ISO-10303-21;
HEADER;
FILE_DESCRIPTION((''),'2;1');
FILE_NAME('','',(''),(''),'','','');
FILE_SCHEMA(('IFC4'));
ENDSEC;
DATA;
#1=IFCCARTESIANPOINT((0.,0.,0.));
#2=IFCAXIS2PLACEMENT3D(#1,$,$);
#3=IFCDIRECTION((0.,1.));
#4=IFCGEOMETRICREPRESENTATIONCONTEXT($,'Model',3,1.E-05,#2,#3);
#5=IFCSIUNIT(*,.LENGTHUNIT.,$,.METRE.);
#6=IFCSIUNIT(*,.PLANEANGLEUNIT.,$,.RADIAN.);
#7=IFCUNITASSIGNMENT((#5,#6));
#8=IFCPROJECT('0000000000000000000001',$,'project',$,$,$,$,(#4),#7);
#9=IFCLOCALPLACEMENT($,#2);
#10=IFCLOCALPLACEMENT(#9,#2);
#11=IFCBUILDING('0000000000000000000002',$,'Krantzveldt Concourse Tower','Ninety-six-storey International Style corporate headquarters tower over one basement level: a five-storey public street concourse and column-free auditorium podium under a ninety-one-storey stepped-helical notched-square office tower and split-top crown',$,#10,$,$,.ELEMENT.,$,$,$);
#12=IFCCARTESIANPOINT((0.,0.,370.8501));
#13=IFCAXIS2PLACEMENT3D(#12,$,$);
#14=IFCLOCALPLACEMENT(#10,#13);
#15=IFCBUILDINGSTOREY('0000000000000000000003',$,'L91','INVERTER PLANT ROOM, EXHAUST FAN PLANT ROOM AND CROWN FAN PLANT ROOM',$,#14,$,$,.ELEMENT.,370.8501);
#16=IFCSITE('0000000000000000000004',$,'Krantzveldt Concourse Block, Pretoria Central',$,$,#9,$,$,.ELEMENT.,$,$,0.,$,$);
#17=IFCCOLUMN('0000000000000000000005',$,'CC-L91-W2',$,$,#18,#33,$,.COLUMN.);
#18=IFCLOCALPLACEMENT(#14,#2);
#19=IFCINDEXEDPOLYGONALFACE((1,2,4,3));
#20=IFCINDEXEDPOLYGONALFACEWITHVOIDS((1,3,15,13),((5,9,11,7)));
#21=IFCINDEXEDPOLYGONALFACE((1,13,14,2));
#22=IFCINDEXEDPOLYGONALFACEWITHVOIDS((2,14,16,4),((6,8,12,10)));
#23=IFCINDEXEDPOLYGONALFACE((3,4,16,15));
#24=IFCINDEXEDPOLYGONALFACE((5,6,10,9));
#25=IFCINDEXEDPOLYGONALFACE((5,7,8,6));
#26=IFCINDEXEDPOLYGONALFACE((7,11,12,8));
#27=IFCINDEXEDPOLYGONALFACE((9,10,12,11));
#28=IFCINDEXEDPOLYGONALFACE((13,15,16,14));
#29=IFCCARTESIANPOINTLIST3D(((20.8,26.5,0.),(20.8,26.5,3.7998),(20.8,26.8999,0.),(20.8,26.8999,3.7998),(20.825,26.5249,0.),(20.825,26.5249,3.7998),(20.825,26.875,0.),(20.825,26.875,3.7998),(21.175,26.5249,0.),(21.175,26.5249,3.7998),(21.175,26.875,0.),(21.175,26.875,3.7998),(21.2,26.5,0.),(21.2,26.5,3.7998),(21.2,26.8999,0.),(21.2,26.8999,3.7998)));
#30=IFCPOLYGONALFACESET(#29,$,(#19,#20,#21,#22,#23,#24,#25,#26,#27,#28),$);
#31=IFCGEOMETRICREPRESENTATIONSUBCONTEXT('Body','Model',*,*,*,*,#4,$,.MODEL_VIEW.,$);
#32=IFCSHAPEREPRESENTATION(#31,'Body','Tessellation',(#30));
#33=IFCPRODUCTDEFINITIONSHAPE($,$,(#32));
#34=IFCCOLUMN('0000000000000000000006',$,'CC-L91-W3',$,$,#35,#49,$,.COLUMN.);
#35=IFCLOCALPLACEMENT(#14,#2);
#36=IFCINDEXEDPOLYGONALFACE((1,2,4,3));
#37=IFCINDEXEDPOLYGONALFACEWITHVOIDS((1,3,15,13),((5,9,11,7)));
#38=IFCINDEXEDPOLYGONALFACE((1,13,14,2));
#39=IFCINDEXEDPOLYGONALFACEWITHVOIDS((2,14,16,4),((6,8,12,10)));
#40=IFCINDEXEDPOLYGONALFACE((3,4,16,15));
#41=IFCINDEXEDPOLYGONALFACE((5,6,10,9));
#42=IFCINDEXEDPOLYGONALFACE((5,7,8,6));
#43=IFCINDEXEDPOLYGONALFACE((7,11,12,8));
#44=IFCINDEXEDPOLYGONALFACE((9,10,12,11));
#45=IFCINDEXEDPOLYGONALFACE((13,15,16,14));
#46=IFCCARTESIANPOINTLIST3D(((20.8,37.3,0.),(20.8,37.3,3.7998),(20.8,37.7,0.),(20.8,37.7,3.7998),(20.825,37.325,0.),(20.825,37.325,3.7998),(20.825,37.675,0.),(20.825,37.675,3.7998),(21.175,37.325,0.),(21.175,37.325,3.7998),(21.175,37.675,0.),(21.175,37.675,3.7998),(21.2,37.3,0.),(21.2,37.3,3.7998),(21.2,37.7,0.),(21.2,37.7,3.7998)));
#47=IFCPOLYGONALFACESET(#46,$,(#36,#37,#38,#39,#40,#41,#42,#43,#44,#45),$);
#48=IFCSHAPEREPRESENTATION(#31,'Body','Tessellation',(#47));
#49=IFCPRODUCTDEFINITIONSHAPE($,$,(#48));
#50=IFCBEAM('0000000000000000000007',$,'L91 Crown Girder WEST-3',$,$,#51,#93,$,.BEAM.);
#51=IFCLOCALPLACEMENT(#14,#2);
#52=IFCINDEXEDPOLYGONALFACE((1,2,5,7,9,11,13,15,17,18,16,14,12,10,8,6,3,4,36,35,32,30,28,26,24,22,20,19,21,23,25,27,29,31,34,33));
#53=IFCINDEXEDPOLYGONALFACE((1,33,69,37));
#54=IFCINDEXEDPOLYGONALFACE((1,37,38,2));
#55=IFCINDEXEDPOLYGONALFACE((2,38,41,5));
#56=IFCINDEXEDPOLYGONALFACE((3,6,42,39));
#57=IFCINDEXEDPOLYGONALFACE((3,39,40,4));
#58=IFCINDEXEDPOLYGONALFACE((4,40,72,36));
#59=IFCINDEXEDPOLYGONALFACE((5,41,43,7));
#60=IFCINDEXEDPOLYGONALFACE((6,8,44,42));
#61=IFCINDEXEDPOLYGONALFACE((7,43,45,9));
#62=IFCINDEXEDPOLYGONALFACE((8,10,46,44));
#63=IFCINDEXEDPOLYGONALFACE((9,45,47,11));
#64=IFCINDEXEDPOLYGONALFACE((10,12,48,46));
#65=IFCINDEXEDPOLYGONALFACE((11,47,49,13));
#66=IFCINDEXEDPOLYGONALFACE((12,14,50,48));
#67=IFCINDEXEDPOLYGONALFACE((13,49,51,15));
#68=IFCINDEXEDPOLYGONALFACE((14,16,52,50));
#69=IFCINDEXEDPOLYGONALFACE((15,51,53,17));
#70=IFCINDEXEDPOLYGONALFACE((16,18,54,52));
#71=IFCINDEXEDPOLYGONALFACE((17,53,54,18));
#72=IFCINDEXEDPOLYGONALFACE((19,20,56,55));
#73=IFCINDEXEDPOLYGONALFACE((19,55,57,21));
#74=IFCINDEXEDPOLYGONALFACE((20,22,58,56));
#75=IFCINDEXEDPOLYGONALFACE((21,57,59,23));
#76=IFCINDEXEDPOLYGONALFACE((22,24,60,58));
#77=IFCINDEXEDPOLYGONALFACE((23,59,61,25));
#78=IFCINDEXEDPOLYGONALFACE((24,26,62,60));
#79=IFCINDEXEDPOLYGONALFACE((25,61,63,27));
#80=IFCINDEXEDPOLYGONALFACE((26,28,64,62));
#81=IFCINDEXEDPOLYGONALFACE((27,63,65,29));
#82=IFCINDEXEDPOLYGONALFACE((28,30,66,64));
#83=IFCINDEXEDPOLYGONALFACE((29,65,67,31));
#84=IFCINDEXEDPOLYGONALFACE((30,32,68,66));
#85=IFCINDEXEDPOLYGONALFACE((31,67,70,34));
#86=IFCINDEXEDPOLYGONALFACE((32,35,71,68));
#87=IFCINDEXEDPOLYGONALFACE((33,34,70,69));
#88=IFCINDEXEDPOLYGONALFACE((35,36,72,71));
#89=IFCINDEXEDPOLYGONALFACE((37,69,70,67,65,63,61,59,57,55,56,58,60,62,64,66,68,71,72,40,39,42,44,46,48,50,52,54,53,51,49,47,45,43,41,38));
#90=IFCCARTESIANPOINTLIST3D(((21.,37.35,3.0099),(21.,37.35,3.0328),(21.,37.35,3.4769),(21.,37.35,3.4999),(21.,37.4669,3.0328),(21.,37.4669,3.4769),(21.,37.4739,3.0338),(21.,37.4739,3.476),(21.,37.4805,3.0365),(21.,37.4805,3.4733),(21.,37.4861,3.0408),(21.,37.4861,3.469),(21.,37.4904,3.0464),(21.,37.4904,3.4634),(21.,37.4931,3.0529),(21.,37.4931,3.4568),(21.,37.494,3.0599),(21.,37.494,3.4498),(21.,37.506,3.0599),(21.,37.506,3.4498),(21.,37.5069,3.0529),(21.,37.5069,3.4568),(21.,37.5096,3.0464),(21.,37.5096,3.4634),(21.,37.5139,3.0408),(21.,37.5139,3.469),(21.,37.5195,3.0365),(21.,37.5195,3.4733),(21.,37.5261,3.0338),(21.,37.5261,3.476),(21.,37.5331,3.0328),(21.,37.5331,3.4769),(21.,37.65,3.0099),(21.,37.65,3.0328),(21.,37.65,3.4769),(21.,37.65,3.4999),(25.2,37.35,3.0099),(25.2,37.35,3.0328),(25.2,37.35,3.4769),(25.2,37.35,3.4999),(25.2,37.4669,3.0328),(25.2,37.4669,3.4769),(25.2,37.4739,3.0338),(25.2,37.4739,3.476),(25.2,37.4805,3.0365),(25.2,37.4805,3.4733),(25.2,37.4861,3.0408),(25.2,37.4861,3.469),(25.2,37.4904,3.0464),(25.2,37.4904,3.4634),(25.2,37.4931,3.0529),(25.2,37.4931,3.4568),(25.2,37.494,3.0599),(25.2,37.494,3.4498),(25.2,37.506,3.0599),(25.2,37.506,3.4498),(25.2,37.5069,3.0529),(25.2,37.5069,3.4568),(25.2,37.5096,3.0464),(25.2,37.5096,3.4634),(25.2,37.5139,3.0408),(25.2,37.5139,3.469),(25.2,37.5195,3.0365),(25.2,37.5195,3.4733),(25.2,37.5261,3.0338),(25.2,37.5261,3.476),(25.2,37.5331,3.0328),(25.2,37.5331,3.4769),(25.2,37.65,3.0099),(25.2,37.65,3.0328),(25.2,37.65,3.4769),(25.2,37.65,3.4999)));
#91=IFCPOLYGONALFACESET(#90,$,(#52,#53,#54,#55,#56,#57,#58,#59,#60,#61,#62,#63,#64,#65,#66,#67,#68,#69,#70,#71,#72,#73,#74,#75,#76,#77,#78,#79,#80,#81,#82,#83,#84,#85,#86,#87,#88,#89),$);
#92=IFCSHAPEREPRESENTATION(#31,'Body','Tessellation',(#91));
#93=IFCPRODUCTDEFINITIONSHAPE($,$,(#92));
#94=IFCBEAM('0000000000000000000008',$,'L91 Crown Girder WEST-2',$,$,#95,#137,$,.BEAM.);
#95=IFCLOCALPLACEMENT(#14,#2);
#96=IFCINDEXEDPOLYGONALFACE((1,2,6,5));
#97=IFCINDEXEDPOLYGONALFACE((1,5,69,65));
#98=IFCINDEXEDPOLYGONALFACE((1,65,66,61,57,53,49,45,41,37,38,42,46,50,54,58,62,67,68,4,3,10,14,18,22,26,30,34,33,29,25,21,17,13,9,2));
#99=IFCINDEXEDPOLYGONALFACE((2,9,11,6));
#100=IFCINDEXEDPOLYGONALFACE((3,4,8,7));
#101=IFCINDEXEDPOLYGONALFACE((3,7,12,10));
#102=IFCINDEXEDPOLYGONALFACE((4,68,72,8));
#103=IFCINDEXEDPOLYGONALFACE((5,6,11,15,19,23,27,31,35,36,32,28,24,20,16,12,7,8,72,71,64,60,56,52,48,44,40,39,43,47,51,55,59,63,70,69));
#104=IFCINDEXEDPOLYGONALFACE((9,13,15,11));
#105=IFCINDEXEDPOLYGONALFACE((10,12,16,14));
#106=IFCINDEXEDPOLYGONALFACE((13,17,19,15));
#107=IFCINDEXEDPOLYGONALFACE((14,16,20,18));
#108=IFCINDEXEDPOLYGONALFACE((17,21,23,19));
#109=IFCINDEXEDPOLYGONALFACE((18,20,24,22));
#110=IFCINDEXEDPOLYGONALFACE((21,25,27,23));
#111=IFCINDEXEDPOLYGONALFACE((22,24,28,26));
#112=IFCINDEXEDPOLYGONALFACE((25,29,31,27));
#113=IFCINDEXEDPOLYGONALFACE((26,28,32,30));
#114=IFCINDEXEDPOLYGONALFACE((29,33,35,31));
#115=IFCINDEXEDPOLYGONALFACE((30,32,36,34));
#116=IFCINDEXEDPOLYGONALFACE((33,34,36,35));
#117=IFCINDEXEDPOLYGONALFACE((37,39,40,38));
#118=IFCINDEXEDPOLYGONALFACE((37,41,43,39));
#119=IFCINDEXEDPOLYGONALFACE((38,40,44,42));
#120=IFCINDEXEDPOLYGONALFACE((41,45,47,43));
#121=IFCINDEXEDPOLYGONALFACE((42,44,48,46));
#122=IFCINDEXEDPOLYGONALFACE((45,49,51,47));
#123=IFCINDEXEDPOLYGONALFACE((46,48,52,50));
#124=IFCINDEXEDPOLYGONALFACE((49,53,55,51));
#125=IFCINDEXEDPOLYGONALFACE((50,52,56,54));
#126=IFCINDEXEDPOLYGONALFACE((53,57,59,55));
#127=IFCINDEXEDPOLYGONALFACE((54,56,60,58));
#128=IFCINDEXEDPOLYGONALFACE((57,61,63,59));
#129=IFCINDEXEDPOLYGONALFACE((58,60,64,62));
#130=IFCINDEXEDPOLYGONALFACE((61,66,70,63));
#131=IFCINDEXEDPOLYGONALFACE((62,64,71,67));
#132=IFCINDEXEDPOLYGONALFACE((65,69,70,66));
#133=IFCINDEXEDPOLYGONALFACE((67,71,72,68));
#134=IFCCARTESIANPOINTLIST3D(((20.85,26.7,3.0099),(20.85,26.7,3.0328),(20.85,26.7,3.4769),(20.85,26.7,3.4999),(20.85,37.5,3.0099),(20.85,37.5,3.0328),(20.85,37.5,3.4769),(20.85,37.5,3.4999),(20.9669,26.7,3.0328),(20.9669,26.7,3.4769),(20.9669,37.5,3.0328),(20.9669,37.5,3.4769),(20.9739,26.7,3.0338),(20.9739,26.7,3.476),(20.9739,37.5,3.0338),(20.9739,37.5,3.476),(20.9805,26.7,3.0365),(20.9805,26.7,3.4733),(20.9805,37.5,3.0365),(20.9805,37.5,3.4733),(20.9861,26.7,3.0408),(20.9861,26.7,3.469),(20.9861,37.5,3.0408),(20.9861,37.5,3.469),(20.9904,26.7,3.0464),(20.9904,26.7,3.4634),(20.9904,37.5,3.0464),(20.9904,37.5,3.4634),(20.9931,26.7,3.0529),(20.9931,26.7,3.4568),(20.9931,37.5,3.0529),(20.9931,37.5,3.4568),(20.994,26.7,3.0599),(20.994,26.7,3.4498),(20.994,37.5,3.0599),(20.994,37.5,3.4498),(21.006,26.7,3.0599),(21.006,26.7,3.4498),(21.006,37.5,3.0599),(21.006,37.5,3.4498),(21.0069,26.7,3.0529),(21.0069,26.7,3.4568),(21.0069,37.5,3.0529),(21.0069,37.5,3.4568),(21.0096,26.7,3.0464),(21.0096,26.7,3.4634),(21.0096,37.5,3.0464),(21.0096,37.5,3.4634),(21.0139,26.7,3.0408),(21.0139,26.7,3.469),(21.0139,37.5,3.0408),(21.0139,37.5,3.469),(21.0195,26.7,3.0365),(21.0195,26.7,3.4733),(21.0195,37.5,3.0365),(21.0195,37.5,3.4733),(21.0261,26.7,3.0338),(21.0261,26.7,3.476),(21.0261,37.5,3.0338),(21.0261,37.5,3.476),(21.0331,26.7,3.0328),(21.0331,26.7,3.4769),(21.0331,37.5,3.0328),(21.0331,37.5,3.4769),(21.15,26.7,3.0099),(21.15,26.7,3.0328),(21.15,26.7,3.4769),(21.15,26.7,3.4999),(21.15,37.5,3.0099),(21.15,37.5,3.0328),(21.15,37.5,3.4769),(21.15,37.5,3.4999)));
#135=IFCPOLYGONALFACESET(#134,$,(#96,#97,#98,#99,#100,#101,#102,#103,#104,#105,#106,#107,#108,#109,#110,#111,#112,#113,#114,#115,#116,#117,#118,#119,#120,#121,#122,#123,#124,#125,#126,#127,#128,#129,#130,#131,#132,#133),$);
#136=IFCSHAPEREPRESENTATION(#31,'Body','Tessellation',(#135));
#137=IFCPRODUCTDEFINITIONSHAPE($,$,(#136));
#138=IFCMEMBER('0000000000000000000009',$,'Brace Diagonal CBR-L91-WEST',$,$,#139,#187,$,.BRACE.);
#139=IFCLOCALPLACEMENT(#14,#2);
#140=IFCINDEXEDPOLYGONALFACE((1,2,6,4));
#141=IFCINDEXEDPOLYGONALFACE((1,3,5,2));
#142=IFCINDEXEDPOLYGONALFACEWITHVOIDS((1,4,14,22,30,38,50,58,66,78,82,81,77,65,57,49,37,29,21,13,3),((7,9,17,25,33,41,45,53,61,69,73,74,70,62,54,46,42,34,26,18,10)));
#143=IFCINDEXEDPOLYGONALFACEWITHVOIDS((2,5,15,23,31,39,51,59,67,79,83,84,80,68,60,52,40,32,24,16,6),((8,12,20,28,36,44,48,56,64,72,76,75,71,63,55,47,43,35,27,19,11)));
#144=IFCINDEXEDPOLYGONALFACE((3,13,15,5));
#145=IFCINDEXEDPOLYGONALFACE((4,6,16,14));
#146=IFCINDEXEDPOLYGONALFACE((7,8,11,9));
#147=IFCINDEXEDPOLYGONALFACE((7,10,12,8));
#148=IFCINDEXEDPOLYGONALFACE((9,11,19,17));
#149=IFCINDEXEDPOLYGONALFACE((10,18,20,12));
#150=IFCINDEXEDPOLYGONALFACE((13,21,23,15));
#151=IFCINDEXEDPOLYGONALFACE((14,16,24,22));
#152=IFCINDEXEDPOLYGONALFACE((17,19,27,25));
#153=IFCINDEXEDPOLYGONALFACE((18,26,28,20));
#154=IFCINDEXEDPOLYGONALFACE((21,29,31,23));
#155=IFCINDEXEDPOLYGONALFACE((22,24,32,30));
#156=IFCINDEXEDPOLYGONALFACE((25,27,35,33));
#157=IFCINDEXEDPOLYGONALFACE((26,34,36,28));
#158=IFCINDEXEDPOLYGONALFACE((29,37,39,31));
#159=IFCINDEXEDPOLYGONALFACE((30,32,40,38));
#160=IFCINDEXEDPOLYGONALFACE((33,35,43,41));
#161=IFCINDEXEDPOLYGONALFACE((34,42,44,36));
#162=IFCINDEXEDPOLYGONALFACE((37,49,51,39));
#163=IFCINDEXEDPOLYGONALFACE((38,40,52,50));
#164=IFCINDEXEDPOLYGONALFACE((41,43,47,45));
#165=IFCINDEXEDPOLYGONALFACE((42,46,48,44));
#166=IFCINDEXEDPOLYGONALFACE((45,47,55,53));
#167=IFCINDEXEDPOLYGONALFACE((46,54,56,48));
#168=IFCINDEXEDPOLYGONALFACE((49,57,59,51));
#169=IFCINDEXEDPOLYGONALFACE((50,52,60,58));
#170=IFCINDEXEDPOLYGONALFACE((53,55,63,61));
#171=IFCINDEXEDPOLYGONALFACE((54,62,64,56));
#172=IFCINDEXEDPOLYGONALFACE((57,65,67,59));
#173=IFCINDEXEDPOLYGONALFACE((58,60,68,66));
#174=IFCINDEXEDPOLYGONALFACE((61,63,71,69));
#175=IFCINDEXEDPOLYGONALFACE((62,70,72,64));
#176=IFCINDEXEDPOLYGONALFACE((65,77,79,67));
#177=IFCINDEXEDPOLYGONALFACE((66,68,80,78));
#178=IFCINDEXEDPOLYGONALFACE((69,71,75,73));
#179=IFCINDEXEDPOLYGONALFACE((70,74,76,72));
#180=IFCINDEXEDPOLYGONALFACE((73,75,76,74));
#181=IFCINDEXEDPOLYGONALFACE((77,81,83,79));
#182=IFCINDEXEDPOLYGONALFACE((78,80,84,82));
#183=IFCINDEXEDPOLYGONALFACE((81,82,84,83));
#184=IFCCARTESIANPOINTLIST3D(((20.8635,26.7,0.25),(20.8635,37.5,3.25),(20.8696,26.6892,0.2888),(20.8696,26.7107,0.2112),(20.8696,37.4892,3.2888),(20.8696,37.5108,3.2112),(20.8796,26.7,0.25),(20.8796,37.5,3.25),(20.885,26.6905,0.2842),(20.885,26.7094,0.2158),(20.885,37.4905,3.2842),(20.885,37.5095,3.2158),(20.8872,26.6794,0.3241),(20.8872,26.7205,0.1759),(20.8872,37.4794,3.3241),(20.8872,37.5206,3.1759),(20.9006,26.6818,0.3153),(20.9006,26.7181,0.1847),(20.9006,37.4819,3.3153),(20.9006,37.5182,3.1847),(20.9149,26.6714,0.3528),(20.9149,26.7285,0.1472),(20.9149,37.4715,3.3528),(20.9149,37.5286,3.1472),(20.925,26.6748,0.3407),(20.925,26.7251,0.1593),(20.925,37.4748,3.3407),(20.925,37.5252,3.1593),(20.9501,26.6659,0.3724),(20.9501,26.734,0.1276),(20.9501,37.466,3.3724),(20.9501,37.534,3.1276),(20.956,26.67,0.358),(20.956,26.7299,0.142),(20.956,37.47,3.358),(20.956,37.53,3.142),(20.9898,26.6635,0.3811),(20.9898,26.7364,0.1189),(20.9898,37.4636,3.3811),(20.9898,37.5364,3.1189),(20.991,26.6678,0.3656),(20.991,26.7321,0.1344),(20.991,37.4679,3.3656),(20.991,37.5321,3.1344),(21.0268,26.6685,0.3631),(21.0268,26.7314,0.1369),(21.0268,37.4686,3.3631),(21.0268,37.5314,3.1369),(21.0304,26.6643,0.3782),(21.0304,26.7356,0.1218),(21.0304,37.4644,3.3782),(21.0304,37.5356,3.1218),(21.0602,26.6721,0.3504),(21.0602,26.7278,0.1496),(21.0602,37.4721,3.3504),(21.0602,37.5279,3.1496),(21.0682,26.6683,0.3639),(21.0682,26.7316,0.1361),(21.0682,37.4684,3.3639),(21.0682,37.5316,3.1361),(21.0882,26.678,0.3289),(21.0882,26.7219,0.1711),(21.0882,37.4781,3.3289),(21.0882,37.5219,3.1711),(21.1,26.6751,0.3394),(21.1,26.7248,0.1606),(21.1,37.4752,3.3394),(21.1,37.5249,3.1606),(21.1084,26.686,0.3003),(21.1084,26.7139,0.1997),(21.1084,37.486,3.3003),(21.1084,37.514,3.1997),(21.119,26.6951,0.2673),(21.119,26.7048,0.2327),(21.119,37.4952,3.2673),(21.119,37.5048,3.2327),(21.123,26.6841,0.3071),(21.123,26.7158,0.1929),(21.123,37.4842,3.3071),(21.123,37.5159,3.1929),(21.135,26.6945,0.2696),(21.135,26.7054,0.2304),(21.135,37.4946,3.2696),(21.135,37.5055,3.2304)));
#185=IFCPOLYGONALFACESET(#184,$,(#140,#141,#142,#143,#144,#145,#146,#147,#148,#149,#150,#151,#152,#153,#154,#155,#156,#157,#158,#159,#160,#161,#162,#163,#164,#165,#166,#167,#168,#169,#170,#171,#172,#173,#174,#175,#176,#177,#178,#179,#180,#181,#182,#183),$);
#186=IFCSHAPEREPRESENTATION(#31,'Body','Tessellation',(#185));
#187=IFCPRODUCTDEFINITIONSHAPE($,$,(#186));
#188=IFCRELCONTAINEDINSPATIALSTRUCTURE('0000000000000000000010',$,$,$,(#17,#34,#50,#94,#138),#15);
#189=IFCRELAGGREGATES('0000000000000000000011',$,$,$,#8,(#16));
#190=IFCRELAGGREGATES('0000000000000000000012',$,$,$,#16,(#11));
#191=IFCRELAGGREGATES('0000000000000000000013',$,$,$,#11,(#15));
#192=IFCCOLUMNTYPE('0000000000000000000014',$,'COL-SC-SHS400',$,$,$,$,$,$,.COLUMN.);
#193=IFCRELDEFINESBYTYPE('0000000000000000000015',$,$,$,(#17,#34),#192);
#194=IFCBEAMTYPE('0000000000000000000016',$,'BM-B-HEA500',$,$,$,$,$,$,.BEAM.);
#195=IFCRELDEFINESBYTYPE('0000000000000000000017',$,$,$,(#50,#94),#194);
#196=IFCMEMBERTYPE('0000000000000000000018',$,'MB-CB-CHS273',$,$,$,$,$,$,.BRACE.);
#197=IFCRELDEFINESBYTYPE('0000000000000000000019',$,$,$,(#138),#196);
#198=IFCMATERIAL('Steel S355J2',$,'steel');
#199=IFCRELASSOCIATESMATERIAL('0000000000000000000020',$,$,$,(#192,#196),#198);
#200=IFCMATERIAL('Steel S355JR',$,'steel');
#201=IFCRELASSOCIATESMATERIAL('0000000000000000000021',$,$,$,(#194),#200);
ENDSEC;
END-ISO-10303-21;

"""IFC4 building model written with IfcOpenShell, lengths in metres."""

from ifc_helpers import new_model, si_unit, direction, frame, origin, origin_2d, place, context, subcontext, project, spatial, hollow_rectangle, hollow_circle, i_section, extrude, source, transform, mapped, material, material_profile, profile_set, type_object, type_shapes, element, save


model = new_model("IFC4")

# Units and contexts
model_context = context("Model", 3, precision=1e-05, world=origin(), true_north=direction((0.0, 1.0)))
body_context = subcontext(model_context, "Body", "Model", "MODEL_VIEW")
ifc_project = project(units=[si_unit("LENGTHUNIT", "METRE"), si_unit("PLANEANGLEUNIT", "RADIAN")], contexts=[model_context])

# Site, building, storey
site_placement = place(None, origin())
site = spatial("IfcSite", under=ifc_project, at=site_placement, Name="Krantzveldt Concourse Block, Pretoria Central", CompositionType="ELEMENT", RefElevation=0.0)
building_placement = place(site_placement, origin())
building = spatial("IfcBuilding", under=site, at=building_placement, Name="Krantzveldt Concourse Tower", Description="Ninety-six-storey International Style corporate headquarters tower over one basement level: a five-storey public street concourse and column-free auditorium podium under a ninety-one-storey stepped-helical notched-square office tower and split-top crown", CompositionType="ELEMENT")
storey_placement = place(building_placement, frame((0.0, 0.0, 370.8501)))
storey = spatial("IfcBuildingStorey", under=building, at=storey_placement, Name="L91", Description="INVERTER PLANT ROOM, EXHAUST FAN PLANT ROOM AND CROWN FAN PLANT ROOM", CompositionType="ELEMENT", Elevation=370.8501)

# Columns
ifc_material_1 = material(Name="Steel S355J2", Category="steel")
ifc_material_profile_1 = material_profile(ifc_material_1, hollow_rectangle(XDim=0.3999, YDim=0.3999, WallThickness=0.0249, at=origin_2d()), Name="Steel S355J2", Category="steel")
ifc_profile_set_1 = profile_set([ifc_material_profile_1], Name="Steel S355J2 - SHS 400x400x25")
column_type = type_object("IfcColumnType", Name="COL-SC-SHS400", PredefinedType="COLUMN", material=ifc_profile_set_1)
shared_shape_1 = source(origin(), body_context, "Body", "SweptSolid", [
    extrude(hollow_rectangle(XDim=0.3999, YDim=0.3999, WallThickness=0.0249, at=origin_2d()), origin(), (0.0, 0.0, 1.0), 3.7998),
])
type_shapes(column_type, [shared_shape_1])
for number, where, z_axis, x_axis, name in (
    (1, (21.0, 26.7, 0.0), (0.0, 0.0, 1.0), (1.0, 0.0, 0.0), "CC-L91-W2"),
    (2, (21.0, 37.5, 0.0), (0.0, 0.0, 1.0), (1.0, 0.0, 0.0), "CC-L91-W3"),
):
    element("IfcColumn", number, at=place(storey_placement, frame(where, z_axis=z_axis, x_axis=x_axis)), inside=storey, type_object=column_type, Name=name, PredefinedType="COLUMN", context=body_context, shape_type="MappedRepresentation", body=[
        mapped(shared_shape_1, transform((0.0, 0.0, 0.0), x_axis=(1.0, 0.0, 0.0), y_axis=(0.0, 1.0, 0.0), z_axis=(0.0, 0.0, 1.0), scale=1.0)),
    ])

# Beams
ifc_material_2 = material(Name="Steel S355JR", Category="steel")
ifc_material_profile_2 = material_profile(ifc_material_2, i_section(OverallWidth=0.3, OverallDepth=0.49, WebThickness=0.012, FlangeThickness=0.0229, FilletRadius=0.0271, at=origin_2d()), Name="Steel S355JR", Category="steel")
ifc_profile_set_2 = profile_set([ifc_material_profile_2], Name="Steel S355JR - HEA 500")
beam_type = type_object("IfcBeamType", Name="BM-B-HEA500", PredefinedType="BEAM", material=ifc_profile_set_2)
shared_shape_2 = source(origin(), body_context, "Body", "SweptSolid", [
    extrude(i_section(OverallWidth=0.3, OverallDepth=0.49, WebThickness=0.012, FlangeThickness=0.0229, FilletRadius=0.0271, at=origin_2d()), origin(), (0.0, 0.0, 1.0), 4.2),
])
beam_1_placement = place(storey_placement, frame((21.0, 37.5, 3.2549), z_axis=(1.0, 0.0, 0.0), x_axis=(0.0, 1.0, 0.0)))
element("IfcBeam", 3, at=beam_1_placement, inside=storey, type_object=beam_type, Name="L91 Crown Girder WEST-3", PredefinedType="BEAM", context=body_context, shape_type="MappedRepresentation", body=[
    mapped(shared_shape_2, transform((0.0, 0.0, 0.0), x_axis=(1.0, 0.0, 0.0), y_axis=(0.0, 1.0, 0.0), z_axis=(0.0, 0.0, 1.0), scale=1.0)),
])
shared_shape_3 = source(origin(), body_context, "Body", "SweptSolid", [
    extrude(i_section(OverallWidth=0.3, OverallDepth=0.49, WebThickness=0.012, FlangeThickness=0.0229, FilletRadius=0.0271, at=origin_2d()), origin(), (0.0, 0.0, 1.0), 10.8),
])
type_shapes(beam_type, [shared_shape_2, shared_shape_3])
beam_2_placement = place(storey_placement, frame((21.0, 26.7, 3.2549), z_axis=(0.0, 1.0, 0.0), x_axis=(-1.0, 0.0, 0.0)))
element("IfcBeam", 4, at=beam_2_placement, inside=storey, type_object=beam_type, Name="L91 Crown Girder WEST-2", PredefinedType="BEAM", context=body_context, shape_type="MappedRepresentation", body=[
    mapped(shared_shape_3, transform((0.0, 0.0, 0.0), x_axis=(1.0, 0.0, 0.0), y_axis=(0.0, 1.0, 0.0), z_axis=(0.0, 0.0, 1.0), scale=1.0)),
])

# Member
ifc_material_profile_3 = material_profile(ifc_material_1, hollow_circle(Radius=0.1365, WallThickness=0.0161, at=origin_2d()), Name="Steel S355J2", Category="steel")
ifc_profile_set_3 = profile_set([ifc_material_profile_3], Name="Steel S355J2 - CHS 273x16")
member_type_1 = type_object("IfcMemberType", Name="MB-CB-CHS273", PredefinedType="BRACE", material=ifc_profile_set_3)
shared_shape_4 = source(origin(), body_context, "Body", "SweptSolid", [
    extrude(hollow_circle(Radius=0.1365, WallThickness=0.0161, at=origin_2d()), origin(), (0.0, 0.0, 1.0), 11.209),
])
type_shapes(member_type_1, [shared_shape_4])
member_1_placement = place(storey_placement, frame((21.0, 26.7, 0.25), z_axis=(0.0, 0.963518, 0.267643), x_axis=(-1.0, 0.0, 0.0)))
element("IfcMember", 5, at=member_1_placement, inside=storey, type_object=member_type_1, Name="Brace Diagonal CBR-L91-WEST", PredefinedType="BRACE", context=body_context, shape_type="MappedRepresentation", body=[
    mapped(shared_shape_4, transform((0.0, 0.0, 0.0), x_axis=(1.0, 0.0, 0.0), y_axis=(0.0, 1.0, 0.0), z_axis=(0.0, 0.0, 1.0), scale=1.0)),
])

save(model, "model.ifc")
